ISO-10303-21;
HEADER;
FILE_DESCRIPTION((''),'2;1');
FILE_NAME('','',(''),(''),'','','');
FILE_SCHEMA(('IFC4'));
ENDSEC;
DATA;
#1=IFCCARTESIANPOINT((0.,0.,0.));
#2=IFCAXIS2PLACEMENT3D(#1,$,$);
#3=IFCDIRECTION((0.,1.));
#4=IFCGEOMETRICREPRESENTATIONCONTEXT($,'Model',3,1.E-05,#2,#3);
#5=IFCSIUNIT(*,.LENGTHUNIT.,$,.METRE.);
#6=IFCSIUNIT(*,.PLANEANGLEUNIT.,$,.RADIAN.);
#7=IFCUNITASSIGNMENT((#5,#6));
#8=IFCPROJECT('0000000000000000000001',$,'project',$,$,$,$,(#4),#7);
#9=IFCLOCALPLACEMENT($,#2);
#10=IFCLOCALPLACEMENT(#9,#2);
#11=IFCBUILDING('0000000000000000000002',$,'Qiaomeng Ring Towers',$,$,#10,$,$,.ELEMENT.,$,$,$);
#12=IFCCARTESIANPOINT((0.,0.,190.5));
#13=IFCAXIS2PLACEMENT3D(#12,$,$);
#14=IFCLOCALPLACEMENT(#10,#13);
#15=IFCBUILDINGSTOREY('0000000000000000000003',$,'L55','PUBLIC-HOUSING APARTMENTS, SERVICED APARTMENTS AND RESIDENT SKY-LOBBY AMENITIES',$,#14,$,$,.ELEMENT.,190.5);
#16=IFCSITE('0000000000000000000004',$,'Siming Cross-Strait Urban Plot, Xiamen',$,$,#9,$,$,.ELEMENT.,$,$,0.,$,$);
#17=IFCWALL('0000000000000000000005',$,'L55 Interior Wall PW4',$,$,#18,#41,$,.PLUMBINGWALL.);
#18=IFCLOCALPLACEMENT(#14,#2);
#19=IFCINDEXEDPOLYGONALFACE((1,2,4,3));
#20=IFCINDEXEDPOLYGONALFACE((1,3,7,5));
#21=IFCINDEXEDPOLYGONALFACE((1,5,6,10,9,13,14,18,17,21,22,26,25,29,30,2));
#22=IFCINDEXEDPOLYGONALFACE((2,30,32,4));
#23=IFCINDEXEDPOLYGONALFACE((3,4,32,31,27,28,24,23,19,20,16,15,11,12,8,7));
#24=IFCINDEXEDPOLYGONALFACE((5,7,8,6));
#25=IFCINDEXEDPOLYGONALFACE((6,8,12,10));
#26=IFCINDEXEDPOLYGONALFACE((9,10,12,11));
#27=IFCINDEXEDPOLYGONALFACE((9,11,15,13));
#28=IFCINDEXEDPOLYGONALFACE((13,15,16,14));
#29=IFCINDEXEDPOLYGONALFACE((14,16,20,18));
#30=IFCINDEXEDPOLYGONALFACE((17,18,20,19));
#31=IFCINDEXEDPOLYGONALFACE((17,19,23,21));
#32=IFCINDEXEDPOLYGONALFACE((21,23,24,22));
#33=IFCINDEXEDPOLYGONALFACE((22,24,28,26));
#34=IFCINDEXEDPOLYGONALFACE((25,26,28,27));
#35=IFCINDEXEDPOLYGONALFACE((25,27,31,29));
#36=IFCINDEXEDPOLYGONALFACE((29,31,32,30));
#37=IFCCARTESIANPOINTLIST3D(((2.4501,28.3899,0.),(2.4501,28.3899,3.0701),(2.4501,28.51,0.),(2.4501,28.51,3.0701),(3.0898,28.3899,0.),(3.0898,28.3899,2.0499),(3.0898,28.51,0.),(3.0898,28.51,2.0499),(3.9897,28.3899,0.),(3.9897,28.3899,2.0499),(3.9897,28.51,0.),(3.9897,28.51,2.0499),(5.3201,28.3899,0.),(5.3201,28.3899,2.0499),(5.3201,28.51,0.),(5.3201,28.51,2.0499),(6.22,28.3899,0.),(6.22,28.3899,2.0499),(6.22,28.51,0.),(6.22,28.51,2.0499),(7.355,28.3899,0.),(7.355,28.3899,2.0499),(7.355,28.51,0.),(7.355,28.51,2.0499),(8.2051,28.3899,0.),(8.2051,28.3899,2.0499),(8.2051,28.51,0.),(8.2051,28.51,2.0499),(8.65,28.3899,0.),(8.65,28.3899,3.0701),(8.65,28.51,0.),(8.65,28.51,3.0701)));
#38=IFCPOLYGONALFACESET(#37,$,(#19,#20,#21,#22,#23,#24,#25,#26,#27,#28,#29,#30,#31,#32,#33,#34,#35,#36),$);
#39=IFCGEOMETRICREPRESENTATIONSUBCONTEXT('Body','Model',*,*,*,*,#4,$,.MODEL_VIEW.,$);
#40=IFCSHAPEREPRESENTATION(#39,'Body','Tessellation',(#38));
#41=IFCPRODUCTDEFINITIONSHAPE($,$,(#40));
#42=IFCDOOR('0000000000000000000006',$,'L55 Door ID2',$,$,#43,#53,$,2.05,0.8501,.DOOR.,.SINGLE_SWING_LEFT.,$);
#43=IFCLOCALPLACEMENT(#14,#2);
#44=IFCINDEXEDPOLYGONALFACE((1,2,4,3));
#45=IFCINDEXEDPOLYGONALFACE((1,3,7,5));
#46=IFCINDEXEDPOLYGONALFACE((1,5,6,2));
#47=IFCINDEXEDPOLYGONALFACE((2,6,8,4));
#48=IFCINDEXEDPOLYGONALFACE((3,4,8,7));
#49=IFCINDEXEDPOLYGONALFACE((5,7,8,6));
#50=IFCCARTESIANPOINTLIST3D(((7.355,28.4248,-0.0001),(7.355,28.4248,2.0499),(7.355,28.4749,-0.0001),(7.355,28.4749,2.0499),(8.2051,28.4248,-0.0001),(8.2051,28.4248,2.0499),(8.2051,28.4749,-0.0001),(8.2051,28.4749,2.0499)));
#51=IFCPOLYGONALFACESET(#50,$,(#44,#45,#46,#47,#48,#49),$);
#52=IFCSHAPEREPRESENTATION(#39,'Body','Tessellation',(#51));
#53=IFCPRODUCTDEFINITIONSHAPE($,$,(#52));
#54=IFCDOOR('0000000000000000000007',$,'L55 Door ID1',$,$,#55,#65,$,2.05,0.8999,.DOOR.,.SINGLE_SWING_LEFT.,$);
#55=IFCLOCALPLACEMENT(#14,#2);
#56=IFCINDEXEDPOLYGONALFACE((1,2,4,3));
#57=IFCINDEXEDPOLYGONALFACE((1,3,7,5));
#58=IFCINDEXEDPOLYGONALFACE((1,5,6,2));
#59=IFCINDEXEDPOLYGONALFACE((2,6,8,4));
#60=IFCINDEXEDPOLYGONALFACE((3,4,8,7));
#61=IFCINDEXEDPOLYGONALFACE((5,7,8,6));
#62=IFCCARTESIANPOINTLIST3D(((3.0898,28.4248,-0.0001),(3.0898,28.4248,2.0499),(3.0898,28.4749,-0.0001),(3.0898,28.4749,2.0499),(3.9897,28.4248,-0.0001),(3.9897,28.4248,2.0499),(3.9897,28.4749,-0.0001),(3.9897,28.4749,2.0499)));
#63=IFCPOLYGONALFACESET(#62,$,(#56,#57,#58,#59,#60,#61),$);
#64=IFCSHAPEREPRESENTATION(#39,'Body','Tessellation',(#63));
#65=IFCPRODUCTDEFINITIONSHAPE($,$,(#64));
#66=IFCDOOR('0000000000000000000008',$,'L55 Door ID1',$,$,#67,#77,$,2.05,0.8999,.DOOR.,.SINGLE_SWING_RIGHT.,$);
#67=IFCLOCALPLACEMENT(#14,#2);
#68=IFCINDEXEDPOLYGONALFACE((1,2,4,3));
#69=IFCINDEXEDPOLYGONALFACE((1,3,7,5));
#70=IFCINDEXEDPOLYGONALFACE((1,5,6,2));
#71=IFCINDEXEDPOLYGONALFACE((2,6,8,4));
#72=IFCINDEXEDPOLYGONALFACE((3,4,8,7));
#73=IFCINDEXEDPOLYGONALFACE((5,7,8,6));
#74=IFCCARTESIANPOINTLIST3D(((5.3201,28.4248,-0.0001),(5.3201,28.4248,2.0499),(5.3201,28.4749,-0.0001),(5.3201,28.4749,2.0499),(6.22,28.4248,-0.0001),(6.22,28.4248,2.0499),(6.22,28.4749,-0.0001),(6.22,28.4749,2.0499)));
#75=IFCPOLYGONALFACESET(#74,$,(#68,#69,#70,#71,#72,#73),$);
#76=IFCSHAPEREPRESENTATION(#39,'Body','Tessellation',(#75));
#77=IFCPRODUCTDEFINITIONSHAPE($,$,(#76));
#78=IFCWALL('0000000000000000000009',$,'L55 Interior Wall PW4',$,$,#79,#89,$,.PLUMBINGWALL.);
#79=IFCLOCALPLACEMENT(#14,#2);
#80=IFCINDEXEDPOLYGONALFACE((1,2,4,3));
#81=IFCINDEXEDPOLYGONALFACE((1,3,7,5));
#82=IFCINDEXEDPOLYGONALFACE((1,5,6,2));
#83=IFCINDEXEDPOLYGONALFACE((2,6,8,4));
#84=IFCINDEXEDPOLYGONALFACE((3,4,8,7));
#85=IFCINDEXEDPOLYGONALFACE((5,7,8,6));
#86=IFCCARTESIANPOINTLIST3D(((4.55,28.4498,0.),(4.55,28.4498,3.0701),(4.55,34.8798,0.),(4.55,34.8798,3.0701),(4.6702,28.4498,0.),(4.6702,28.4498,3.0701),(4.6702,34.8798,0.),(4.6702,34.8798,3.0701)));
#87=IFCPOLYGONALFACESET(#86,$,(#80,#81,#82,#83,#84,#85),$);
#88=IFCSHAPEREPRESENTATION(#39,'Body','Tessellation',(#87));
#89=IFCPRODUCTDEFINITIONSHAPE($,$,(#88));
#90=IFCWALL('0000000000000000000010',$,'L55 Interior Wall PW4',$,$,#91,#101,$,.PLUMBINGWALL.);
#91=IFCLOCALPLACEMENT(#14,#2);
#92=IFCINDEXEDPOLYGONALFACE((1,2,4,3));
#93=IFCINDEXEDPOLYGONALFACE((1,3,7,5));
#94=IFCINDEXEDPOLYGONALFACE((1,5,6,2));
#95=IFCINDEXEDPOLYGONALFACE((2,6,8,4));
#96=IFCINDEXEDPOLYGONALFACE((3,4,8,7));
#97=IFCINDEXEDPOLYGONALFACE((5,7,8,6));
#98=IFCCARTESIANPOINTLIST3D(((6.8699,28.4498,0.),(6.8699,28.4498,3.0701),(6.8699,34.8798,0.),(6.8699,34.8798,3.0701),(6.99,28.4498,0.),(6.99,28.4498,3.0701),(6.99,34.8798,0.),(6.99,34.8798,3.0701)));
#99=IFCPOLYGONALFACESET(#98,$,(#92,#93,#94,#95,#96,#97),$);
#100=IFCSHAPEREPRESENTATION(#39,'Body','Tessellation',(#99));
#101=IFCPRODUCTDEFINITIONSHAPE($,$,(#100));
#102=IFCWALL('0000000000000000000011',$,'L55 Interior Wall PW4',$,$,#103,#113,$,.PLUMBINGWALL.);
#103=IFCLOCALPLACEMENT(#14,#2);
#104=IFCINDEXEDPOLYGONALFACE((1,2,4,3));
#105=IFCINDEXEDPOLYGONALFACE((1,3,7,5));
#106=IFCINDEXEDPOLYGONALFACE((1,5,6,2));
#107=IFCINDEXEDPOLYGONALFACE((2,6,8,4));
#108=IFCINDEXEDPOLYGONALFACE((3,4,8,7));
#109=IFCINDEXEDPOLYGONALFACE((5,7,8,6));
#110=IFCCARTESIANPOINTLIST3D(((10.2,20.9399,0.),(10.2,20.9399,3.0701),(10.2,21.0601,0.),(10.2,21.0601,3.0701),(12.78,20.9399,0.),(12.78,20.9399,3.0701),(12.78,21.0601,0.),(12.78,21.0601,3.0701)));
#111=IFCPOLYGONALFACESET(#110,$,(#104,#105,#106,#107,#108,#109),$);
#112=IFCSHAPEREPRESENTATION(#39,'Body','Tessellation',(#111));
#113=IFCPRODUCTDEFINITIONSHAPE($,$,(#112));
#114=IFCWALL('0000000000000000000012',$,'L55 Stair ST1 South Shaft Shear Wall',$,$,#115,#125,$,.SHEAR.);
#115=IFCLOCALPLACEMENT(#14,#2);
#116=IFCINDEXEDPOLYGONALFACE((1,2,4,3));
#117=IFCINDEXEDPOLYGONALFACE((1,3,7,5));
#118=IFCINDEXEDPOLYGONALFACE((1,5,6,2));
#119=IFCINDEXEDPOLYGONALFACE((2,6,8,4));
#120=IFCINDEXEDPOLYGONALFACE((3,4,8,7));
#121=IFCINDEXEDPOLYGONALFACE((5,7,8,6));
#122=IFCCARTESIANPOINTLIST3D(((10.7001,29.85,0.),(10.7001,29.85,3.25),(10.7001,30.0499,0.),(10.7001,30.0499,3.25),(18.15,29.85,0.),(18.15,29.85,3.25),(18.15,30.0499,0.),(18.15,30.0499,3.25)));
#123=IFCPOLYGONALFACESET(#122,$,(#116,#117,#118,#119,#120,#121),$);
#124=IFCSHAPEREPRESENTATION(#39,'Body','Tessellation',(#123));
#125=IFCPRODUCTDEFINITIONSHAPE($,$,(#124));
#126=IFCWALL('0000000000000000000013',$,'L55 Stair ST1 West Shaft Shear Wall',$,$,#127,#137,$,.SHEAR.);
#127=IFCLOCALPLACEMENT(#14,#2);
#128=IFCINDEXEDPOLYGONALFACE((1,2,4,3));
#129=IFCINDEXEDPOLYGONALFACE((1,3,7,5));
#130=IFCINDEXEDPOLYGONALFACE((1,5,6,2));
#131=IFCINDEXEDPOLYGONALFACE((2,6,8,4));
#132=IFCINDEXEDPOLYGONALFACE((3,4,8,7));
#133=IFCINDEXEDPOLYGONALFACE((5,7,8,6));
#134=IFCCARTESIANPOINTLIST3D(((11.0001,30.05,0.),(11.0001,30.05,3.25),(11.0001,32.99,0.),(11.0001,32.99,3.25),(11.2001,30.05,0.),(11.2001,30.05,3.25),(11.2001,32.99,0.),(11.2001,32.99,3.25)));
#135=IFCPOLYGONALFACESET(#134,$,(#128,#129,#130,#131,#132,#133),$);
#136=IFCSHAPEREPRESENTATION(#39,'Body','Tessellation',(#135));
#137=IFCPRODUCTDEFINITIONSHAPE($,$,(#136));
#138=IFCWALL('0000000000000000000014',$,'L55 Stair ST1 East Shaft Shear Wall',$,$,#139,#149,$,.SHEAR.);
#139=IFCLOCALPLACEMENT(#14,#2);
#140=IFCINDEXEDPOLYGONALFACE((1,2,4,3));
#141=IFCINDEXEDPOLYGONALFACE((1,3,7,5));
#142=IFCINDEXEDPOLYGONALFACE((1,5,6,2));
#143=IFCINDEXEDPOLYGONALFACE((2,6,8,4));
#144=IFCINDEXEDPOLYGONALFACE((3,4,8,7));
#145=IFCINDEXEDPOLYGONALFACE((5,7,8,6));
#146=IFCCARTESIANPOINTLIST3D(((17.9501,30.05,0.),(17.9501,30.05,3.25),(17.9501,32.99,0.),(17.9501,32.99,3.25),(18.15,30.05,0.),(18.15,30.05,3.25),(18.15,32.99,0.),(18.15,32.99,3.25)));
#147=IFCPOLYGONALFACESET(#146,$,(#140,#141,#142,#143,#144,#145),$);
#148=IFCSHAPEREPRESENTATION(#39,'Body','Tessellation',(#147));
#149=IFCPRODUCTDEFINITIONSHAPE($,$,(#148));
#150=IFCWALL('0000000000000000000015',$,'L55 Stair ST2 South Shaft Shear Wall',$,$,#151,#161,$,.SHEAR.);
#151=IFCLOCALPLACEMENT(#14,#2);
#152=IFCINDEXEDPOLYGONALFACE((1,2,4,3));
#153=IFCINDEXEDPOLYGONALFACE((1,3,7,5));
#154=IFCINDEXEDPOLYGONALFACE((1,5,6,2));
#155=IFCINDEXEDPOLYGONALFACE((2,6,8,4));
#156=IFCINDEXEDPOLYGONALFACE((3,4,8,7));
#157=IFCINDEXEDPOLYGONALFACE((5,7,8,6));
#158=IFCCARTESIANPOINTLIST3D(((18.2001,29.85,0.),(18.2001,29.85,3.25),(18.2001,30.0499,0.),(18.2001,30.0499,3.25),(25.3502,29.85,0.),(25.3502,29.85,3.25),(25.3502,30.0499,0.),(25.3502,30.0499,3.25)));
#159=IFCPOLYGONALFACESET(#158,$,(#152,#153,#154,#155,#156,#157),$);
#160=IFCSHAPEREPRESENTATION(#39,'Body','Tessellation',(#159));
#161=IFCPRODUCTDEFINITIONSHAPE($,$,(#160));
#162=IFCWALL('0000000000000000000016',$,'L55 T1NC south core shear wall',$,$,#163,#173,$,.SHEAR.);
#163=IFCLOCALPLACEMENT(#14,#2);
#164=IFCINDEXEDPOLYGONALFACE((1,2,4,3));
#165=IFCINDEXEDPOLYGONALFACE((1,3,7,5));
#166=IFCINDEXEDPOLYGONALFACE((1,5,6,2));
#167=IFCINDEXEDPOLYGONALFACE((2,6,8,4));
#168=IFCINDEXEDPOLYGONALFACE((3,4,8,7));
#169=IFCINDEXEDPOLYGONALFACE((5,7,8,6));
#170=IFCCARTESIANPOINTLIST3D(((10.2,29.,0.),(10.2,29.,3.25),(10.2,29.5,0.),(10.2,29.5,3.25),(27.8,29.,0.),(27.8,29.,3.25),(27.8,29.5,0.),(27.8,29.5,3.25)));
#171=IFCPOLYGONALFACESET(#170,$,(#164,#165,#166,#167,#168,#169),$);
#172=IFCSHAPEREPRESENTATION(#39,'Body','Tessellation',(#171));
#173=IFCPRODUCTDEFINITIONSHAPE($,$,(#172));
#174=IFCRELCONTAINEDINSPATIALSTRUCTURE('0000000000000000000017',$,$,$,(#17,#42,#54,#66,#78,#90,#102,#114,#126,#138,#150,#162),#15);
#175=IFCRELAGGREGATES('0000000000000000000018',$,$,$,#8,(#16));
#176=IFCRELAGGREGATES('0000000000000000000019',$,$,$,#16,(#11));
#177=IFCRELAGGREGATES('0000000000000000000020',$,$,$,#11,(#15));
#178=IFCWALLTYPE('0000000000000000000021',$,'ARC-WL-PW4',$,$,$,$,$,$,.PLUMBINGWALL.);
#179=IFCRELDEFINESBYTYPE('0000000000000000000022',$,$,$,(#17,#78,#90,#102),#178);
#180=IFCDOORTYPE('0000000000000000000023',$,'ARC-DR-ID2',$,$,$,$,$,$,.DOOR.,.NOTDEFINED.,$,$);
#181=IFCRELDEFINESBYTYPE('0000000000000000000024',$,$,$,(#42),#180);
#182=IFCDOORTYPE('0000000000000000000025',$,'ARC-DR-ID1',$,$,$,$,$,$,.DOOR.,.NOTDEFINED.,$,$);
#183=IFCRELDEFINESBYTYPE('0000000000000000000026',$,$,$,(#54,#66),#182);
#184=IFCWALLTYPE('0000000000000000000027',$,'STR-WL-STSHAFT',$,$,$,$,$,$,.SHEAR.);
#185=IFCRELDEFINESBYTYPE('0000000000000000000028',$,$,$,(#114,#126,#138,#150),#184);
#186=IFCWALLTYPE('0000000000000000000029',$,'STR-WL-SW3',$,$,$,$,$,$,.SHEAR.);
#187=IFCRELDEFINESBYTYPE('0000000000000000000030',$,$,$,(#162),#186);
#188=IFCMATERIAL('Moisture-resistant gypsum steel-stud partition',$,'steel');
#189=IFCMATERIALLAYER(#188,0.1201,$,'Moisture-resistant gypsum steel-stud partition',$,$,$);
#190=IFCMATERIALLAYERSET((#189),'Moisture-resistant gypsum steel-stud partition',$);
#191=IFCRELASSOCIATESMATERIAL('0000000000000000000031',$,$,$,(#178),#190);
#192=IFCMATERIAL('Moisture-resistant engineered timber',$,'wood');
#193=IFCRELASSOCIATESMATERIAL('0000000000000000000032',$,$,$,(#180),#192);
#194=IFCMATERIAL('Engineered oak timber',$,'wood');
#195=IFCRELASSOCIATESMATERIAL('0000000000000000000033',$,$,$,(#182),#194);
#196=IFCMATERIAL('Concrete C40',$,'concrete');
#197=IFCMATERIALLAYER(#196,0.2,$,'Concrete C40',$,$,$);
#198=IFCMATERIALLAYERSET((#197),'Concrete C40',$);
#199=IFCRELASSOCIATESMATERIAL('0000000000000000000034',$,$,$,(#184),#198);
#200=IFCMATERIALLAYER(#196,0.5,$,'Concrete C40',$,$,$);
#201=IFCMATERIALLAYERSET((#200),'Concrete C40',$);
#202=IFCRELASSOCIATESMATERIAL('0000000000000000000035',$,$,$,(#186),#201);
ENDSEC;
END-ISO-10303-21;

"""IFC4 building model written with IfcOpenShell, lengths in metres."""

from ifc_helpers import new_model, si_unit, direction, frame, frame_2d, origin, place, context, subcontext, project, spatial, rectangle, extrude, source, transform, mapped, material, layer, layer_set, type_object, element, fill, save


model = new_model("IFC4")

# Units and contexts
model_context = context("Model", 3, precision=1e-05, world=origin(), true_north=direction((0.0, 1.0)))
body_context = subcontext(model_context, "Body", "Model", "MODEL_VIEW")
ifc_project = project(units=[si_unit("LENGTHUNIT", "METRE"), si_unit("PLANEANGLEUNIT", "RADIAN")], contexts=[model_context])

# Site, building, storey
site_placement = place(None, origin())
site = spatial("IfcSite", under=ifc_project, at=site_placement, Name="Siming Cross-Strait Urban Plot, Xiamen", CompositionType="ELEMENT", RefElevation=0.0)
building_placement = place(site_placement, origin())
building = spatial("IfcBuilding", under=site, at=building_placement, Name="Qiaomeng Ring Towers", CompositionType="ELEMENT")
storey_placement = place(building_placement, frame((0.0, 0.0, 190.5)))
storey = spatial("IfcBuildingStorey", under=building, at=storey_placement, Name="L55", Description="PUBLIC-HOUSING APARTMENTS, SERVICED APARTMENTS AND RESIDENT SKY-LOBBY AMENITIES", CompositionType="ELEMENT", Elevation=190.5)

# Shared definitions
ifc_material_1 = material(Name="Concrete C40", Category="concrete")

# Wall, openings, doors
ifc_material_2 = material(Name="Moisture-resistant gypsum steel-stud partition", Category="steel")
ifc_layer_1 = layer(ifc_material_2, 0.1201, Name="Moisture-resistant gypsum steel-stud partition")
ifc_layer_set_1 = layer_set([ifc_layer_1], Name="Moisture-resistant gypsum steel-stud partition")
wall_type_1 = type_object("IfcWallType", Name="ARC-WL-PW4", PredefinedType="PLUMBINGWALL", material=ifc_layer_set_1)
wall_1_placement = place(storey_placement, frame((2.45, 28.45, 0.0), z_axis=(0.0, 0.0, 1.0), x_axis=(1.0, 0.0, 0.0)))
wall_1 = element("IfcWall", 1, at=wall_1_placement, inside=storey, type_object=wall_type_1, Name="L55 Interior Wall PW4", PredefinedType="PLUMBINGWALL", context=body_context, shape_type="SweptSolid", body=[
    extrude(rectangle(XDim=6.2, YDim=0.1201, at=frame_2d((3.1001, 0.0))), origin(), (0.0, 0.0, 1.0), 3.0701),
])
opening_1_placement = place(wall_1_placement, frame((0.6399, 0.0, 0.0)))
opening_1 = element("IfcOpeningElement", 2, at=opening_1_placement, cuts=wall_1, PredefinedType="OPENING", context=body_context, shape_type="SweptSolid", body=[
    extrude(rectangle(XDim=0.8999, YDim=2.05, at=frame_2d((0.45, 1.0249))), frame((0.0, 0.0701, 0.0), z_axis=(0.0, -1.0, 0.0), x_axis=(1.0, 0.0, 0.0)), (0.0, 0.0, 1.0), 0.1401),
])
opening_2_placement = place(wall_1_placement, frame((2.8701, 0.0, 0.0)))
opening_2 = element("IfcOpeningElement", 3, at=opening_2_placement, cuts=wall_1, PredefinedType="OPENING", context=body_context, shape_type="SweptSolid", body=[
    extrude(rectangle(XDim=0.8999, YDim=2.05, at=frame_2d((0.45, 1.0249))), frame((0.0, 0.0701, 0.0), z_axis=(0.0, -1.0, 0.0), x_axis=(1.0, 0.0, 0.0)), (0.0, 0.0, 1.0), 0.1401),
])
opening_3_placement = place(wall_1_placement, frame((4.905, 0.0, 0.0)))
opening_3 = element("IfcOpeningElement", 4, at=opening_3_placement, cuts=wall_1, PredefinedType="OPENING", context=body_context, shape_type="SweptSolid", body=[
    extrude(rectangle(XDim=0.8501, YDim=2.05, at=frame_2d((0.425, 1.0249))), frame((0.0, 0.0701, 0.0), z_axis=(0.0, -1.0, 0.0), x_axis=(1.0, 0.0, 0.0)), (0.0, 0.0, 1.0), 0.1401),
])
ifc_material_3 = material(Name="Moisture-resistant engineered timber", Category="wood")
door_type_1 = type_object("IfcDoorType", Name="ARC-DR-ID2", OperationType="NOTDEFINED", PredefinedType="DOOR", material=ifc_material_3)
shared_shape_1 = source(origin(), body_context, "Body", "SweptSolid", [
    extrude(rectangle(XDim=0.8501, YDim=2.05, at=frame_2d((0.425, 1.0249))), frame((0.0, 0.0249, 0.0), z_axis=(0.0, -1.0, 0.0), x_axis=(1.0, 0.0, 0.0)), (0.0, 0.0, 1.0), 0.05),
])
door_1_placement = place(opening_3_placement, origin())
door_1 = element("IfcDoor", 5, at=door_1_placement, inside=storey, type_object=door_type_1, Name="L55 Door ID2", OperationType="SINGLE_SWING_LEFT", OverallHeight=2.05, OverallWidth=0.8501, PredefinedType="DOOR", context=body_context, shape_type="MappedRepresentation", body=[
    mapped(shared_shape_1, transform((0.0, 0.0, 0.0), x_axis=(1.0, 0.0, 0.0), y_axis=(0.0, 1.0, 0.0), z_axis=(0.0, 0.0, 1.0), scale=1.0)),
])
fill(opening_3, door_1)
ifc_material_4 = material(Name="Engineered oak timber", Category="wood")
door_type_2 = type_object("IfcDoorType", Name="ARC-DR-ID1", OperationType="NOTDEFINED", PredefinedType="DOOR", material=ifc_material_4)
shared_shape_2 = source(origin(), body_context, "Body", "SweptSolid", [
    extrude(rectangle(XDim=0.8999, YDim=2.05, at=frame_2d((0.45, 1.0249))), frame((0.0, 0.0249, 0.0), z_axis=(0.0, -1.0, 0.0), x_axis=(1.0, 0.0, 0.0)), (0.0, 0.0, 1.0), 0.05),
])
door_2_placement = place(opening_1_placement, origin())
door_2 = element("IfcDoor", 6, at=door_2_placement, inside=storey, type_object=door_type_2, Name="L55 Door ID1", OperationType="SINGLE_SWING_LEFT", OverallHeight=2.05, OverallWidth=0.8999, PredefinedType="DOOR", context=body_context, shape_type="MappedRepresentation", body=[
    mapped(shared_shape_2, transform((0.0, 0.0, 0.0), x_axis=(1.0, 0.0, 0.0), y_axis=(0.0, 1.0, 0.0), z_axis=(0.0, 0.0, 1.0), scale=1.0)),
])
fill(opening_1, door_2)
door_3_placement = place(opening_2_placement, origin())
door_3 = element("IfcDoor", 7, at=door_3_placement, inside=storey, type_object=door_type_2, Name="L55 Door ID1", OperationType="SINGLE_SWING_RIGHT", OverallHeight=2.05, OverallWidth=0.8999, PredefinedType="DOOR", context=body_context, shape_type="MappedRepresentation", body=[
    mapped(shared_shape_2, transform((0.0, 0.0, 0.0), x_axis=(1.0, 0.0, 0.0), y_axis=(0.0, 1.0, 0.0), z_axis=(0.0, 0.0, 1.0), scale=1.0)),
])
fill(opening_2, door_3)

# Walls
for number, where, z_axis, x_axis, name in (
    (8, (4.6101, 28.45, 0.0), (0.0, 0.0, 1.0), (0.0, 1.0, 0.0), "L55 Interior Wall PW4"),
    (9, (6.9299, 28.45, 0.0), (0.0, 0.0, 1.0), (0.0, 1.0, 0.0), "L55 Interior Wall PW4"),
):
    element("IfcWall", number, at=place(storey_placement, frame(where, z_axis=z_axis, x_axis=x_axis)), inside=storey, type_object=wall_type_1, Name=name, PredefinedType="PLUMBINGWALL", context=body_context, shape_type="SweptSolid", body=[
        extrude(rectangle(XDim=6.4299, YDim=0.1201, at=frame_2d((3.2148, 0.0))), origin(), (0.0, 0.0, 1.0), 3.0701),
    ])
wall_2_placement = place(storey_placement, frame((10.2, 21.0, 0.0), z_axis=(0.0, 0.0, 1.0), x_axis=(1.0, 0.0, 0.0)))
element("IfcWall", 10, at=wall_2_placement, inside=storey, type_object=wall_type_1, Name="L55 Interior Wall PW4", PredefinedType="PLUMBINGWALL", context=body_context, shape_type="SweptSolid", body=[
    extrude(rectangle(XDim=2.5801, YDim=0.1201, at=frame_2d((1.29, 0.0))), origin(), (0.0, 0.0, 1.0), 3.0701),
])
ifc_layer_2 = layer(ifc_material_1, 0.2, Name="Concrete C40")
ifc_layer_set_2 = layer_set([ifc_layer_2], Name="Concrete C40")
wall_type_2 = type_object("IfcWallType", Name="STR-WL-STSHAFT", PredefinedType="SHEAR", material=ifc_layer_set_2)
wall_3_placement = place(storey_placement, frame((10.7, 29.95, 0.0), z_axis=(0.0, 0.0, 1.0), x_axis=(1.0, 0.0, 0.0)))
element("IfcWall", 11, at=wall_3_placement, inside=storey, type_object=wall_type_2, Name="L55 Stair ST1 South Shaft Shear Wall", PredefinedType="SHEAR", context=body_context, shape_type="SweptSolid", body=[
    extrude(rectangle(XDim=7.45, YDim=0.2, at=frame_2d((3.7251, 0.0))), origin(), (0.0, 0.0, 1.0), 3.25),
])
for number, where, z_axis, x_axis, name in (
    (12, (11.1001, 30.05, 0.0), (0.0, 0.0, 1.0), (0.0, 1.0, 0.0), "L55 Stair ST1 West Shaft Shear Wall"),
    (13, (18.05, 30.05, 0.0), (0.0, 0.0, 1.0), (0.0, 1.0, 0.0), "L55 Stair ST1 East Shaft Shear Wall"),
):
    element("IfcWall", number, at=place(storey_placement, frame(where, z_axis=z_axis, x_axis=x_axis)), inside=storey, type_object=wall_type_2, Name=name, PredefinedType="SHEAR", context=body_context, shape_type="SweptSolid", body=[
        extrude(rectangle(XDim=2.9399, YDim=0.2, at=frame_2d((1.47, 0.0))), origin(), (0.0, 0.0, 1.0), 3.25),
    ])
wall_4_placement = place(storey_placement, frame((18.2, 29.95, 0.0), z_axis=(0.0, 0.0, 1.0), x_axis=(1.0, 0.0, 0.0)))
element("IfcWall", 14, at=wall_4_placement, inside=storey, type_object=wall_type_2, Name="L55 Stair ST2 South Shaft Shear Wall", PredefinedType="SHEAR", context=body_context, shape_type="SweptSolid", body=[
    extrude(rectangle(XDim=7.1501, YDim=0.2, at=frame_2d((3.5752, 0.0))), origin(), (0.0, 0.0, 1.0), 3.25),
])
ifc_layer_3 = layer(ifc_material_1, 0.5, Name="Concrete C40")
ifc_layer_set_3 = layer_set([ifc_layer_3], Name="Concrete C40")
wall_type_3 = type_object("IfcWallType", Name="STR-WL-SW3", PredefinedType="SHEAR", material=ifc_layer_set_3)
wall_5_placement = place(storey_placement, frame((10.2, 29.25, 0.0), z_axis=(0.0, 0.0, 1.0), x_axis=(1.0, 0.0, 0.0)))
element("IfcWall", 15, at=wall_5_placement, inside=storey, type_object=wall_type_3, Name="L55 T1NC south core shear wall", PredefinedType="SHEAR", context=body_context, shape_type="SweptSolid", body=[
    extrude(rectangle(XDim=17.6001, YDim=0.5, at=frame_2d((8.8, 0.0))), origin(), (0.0, 0.0, 1.0), 3.25),
])

save(model, "model.ifc")
